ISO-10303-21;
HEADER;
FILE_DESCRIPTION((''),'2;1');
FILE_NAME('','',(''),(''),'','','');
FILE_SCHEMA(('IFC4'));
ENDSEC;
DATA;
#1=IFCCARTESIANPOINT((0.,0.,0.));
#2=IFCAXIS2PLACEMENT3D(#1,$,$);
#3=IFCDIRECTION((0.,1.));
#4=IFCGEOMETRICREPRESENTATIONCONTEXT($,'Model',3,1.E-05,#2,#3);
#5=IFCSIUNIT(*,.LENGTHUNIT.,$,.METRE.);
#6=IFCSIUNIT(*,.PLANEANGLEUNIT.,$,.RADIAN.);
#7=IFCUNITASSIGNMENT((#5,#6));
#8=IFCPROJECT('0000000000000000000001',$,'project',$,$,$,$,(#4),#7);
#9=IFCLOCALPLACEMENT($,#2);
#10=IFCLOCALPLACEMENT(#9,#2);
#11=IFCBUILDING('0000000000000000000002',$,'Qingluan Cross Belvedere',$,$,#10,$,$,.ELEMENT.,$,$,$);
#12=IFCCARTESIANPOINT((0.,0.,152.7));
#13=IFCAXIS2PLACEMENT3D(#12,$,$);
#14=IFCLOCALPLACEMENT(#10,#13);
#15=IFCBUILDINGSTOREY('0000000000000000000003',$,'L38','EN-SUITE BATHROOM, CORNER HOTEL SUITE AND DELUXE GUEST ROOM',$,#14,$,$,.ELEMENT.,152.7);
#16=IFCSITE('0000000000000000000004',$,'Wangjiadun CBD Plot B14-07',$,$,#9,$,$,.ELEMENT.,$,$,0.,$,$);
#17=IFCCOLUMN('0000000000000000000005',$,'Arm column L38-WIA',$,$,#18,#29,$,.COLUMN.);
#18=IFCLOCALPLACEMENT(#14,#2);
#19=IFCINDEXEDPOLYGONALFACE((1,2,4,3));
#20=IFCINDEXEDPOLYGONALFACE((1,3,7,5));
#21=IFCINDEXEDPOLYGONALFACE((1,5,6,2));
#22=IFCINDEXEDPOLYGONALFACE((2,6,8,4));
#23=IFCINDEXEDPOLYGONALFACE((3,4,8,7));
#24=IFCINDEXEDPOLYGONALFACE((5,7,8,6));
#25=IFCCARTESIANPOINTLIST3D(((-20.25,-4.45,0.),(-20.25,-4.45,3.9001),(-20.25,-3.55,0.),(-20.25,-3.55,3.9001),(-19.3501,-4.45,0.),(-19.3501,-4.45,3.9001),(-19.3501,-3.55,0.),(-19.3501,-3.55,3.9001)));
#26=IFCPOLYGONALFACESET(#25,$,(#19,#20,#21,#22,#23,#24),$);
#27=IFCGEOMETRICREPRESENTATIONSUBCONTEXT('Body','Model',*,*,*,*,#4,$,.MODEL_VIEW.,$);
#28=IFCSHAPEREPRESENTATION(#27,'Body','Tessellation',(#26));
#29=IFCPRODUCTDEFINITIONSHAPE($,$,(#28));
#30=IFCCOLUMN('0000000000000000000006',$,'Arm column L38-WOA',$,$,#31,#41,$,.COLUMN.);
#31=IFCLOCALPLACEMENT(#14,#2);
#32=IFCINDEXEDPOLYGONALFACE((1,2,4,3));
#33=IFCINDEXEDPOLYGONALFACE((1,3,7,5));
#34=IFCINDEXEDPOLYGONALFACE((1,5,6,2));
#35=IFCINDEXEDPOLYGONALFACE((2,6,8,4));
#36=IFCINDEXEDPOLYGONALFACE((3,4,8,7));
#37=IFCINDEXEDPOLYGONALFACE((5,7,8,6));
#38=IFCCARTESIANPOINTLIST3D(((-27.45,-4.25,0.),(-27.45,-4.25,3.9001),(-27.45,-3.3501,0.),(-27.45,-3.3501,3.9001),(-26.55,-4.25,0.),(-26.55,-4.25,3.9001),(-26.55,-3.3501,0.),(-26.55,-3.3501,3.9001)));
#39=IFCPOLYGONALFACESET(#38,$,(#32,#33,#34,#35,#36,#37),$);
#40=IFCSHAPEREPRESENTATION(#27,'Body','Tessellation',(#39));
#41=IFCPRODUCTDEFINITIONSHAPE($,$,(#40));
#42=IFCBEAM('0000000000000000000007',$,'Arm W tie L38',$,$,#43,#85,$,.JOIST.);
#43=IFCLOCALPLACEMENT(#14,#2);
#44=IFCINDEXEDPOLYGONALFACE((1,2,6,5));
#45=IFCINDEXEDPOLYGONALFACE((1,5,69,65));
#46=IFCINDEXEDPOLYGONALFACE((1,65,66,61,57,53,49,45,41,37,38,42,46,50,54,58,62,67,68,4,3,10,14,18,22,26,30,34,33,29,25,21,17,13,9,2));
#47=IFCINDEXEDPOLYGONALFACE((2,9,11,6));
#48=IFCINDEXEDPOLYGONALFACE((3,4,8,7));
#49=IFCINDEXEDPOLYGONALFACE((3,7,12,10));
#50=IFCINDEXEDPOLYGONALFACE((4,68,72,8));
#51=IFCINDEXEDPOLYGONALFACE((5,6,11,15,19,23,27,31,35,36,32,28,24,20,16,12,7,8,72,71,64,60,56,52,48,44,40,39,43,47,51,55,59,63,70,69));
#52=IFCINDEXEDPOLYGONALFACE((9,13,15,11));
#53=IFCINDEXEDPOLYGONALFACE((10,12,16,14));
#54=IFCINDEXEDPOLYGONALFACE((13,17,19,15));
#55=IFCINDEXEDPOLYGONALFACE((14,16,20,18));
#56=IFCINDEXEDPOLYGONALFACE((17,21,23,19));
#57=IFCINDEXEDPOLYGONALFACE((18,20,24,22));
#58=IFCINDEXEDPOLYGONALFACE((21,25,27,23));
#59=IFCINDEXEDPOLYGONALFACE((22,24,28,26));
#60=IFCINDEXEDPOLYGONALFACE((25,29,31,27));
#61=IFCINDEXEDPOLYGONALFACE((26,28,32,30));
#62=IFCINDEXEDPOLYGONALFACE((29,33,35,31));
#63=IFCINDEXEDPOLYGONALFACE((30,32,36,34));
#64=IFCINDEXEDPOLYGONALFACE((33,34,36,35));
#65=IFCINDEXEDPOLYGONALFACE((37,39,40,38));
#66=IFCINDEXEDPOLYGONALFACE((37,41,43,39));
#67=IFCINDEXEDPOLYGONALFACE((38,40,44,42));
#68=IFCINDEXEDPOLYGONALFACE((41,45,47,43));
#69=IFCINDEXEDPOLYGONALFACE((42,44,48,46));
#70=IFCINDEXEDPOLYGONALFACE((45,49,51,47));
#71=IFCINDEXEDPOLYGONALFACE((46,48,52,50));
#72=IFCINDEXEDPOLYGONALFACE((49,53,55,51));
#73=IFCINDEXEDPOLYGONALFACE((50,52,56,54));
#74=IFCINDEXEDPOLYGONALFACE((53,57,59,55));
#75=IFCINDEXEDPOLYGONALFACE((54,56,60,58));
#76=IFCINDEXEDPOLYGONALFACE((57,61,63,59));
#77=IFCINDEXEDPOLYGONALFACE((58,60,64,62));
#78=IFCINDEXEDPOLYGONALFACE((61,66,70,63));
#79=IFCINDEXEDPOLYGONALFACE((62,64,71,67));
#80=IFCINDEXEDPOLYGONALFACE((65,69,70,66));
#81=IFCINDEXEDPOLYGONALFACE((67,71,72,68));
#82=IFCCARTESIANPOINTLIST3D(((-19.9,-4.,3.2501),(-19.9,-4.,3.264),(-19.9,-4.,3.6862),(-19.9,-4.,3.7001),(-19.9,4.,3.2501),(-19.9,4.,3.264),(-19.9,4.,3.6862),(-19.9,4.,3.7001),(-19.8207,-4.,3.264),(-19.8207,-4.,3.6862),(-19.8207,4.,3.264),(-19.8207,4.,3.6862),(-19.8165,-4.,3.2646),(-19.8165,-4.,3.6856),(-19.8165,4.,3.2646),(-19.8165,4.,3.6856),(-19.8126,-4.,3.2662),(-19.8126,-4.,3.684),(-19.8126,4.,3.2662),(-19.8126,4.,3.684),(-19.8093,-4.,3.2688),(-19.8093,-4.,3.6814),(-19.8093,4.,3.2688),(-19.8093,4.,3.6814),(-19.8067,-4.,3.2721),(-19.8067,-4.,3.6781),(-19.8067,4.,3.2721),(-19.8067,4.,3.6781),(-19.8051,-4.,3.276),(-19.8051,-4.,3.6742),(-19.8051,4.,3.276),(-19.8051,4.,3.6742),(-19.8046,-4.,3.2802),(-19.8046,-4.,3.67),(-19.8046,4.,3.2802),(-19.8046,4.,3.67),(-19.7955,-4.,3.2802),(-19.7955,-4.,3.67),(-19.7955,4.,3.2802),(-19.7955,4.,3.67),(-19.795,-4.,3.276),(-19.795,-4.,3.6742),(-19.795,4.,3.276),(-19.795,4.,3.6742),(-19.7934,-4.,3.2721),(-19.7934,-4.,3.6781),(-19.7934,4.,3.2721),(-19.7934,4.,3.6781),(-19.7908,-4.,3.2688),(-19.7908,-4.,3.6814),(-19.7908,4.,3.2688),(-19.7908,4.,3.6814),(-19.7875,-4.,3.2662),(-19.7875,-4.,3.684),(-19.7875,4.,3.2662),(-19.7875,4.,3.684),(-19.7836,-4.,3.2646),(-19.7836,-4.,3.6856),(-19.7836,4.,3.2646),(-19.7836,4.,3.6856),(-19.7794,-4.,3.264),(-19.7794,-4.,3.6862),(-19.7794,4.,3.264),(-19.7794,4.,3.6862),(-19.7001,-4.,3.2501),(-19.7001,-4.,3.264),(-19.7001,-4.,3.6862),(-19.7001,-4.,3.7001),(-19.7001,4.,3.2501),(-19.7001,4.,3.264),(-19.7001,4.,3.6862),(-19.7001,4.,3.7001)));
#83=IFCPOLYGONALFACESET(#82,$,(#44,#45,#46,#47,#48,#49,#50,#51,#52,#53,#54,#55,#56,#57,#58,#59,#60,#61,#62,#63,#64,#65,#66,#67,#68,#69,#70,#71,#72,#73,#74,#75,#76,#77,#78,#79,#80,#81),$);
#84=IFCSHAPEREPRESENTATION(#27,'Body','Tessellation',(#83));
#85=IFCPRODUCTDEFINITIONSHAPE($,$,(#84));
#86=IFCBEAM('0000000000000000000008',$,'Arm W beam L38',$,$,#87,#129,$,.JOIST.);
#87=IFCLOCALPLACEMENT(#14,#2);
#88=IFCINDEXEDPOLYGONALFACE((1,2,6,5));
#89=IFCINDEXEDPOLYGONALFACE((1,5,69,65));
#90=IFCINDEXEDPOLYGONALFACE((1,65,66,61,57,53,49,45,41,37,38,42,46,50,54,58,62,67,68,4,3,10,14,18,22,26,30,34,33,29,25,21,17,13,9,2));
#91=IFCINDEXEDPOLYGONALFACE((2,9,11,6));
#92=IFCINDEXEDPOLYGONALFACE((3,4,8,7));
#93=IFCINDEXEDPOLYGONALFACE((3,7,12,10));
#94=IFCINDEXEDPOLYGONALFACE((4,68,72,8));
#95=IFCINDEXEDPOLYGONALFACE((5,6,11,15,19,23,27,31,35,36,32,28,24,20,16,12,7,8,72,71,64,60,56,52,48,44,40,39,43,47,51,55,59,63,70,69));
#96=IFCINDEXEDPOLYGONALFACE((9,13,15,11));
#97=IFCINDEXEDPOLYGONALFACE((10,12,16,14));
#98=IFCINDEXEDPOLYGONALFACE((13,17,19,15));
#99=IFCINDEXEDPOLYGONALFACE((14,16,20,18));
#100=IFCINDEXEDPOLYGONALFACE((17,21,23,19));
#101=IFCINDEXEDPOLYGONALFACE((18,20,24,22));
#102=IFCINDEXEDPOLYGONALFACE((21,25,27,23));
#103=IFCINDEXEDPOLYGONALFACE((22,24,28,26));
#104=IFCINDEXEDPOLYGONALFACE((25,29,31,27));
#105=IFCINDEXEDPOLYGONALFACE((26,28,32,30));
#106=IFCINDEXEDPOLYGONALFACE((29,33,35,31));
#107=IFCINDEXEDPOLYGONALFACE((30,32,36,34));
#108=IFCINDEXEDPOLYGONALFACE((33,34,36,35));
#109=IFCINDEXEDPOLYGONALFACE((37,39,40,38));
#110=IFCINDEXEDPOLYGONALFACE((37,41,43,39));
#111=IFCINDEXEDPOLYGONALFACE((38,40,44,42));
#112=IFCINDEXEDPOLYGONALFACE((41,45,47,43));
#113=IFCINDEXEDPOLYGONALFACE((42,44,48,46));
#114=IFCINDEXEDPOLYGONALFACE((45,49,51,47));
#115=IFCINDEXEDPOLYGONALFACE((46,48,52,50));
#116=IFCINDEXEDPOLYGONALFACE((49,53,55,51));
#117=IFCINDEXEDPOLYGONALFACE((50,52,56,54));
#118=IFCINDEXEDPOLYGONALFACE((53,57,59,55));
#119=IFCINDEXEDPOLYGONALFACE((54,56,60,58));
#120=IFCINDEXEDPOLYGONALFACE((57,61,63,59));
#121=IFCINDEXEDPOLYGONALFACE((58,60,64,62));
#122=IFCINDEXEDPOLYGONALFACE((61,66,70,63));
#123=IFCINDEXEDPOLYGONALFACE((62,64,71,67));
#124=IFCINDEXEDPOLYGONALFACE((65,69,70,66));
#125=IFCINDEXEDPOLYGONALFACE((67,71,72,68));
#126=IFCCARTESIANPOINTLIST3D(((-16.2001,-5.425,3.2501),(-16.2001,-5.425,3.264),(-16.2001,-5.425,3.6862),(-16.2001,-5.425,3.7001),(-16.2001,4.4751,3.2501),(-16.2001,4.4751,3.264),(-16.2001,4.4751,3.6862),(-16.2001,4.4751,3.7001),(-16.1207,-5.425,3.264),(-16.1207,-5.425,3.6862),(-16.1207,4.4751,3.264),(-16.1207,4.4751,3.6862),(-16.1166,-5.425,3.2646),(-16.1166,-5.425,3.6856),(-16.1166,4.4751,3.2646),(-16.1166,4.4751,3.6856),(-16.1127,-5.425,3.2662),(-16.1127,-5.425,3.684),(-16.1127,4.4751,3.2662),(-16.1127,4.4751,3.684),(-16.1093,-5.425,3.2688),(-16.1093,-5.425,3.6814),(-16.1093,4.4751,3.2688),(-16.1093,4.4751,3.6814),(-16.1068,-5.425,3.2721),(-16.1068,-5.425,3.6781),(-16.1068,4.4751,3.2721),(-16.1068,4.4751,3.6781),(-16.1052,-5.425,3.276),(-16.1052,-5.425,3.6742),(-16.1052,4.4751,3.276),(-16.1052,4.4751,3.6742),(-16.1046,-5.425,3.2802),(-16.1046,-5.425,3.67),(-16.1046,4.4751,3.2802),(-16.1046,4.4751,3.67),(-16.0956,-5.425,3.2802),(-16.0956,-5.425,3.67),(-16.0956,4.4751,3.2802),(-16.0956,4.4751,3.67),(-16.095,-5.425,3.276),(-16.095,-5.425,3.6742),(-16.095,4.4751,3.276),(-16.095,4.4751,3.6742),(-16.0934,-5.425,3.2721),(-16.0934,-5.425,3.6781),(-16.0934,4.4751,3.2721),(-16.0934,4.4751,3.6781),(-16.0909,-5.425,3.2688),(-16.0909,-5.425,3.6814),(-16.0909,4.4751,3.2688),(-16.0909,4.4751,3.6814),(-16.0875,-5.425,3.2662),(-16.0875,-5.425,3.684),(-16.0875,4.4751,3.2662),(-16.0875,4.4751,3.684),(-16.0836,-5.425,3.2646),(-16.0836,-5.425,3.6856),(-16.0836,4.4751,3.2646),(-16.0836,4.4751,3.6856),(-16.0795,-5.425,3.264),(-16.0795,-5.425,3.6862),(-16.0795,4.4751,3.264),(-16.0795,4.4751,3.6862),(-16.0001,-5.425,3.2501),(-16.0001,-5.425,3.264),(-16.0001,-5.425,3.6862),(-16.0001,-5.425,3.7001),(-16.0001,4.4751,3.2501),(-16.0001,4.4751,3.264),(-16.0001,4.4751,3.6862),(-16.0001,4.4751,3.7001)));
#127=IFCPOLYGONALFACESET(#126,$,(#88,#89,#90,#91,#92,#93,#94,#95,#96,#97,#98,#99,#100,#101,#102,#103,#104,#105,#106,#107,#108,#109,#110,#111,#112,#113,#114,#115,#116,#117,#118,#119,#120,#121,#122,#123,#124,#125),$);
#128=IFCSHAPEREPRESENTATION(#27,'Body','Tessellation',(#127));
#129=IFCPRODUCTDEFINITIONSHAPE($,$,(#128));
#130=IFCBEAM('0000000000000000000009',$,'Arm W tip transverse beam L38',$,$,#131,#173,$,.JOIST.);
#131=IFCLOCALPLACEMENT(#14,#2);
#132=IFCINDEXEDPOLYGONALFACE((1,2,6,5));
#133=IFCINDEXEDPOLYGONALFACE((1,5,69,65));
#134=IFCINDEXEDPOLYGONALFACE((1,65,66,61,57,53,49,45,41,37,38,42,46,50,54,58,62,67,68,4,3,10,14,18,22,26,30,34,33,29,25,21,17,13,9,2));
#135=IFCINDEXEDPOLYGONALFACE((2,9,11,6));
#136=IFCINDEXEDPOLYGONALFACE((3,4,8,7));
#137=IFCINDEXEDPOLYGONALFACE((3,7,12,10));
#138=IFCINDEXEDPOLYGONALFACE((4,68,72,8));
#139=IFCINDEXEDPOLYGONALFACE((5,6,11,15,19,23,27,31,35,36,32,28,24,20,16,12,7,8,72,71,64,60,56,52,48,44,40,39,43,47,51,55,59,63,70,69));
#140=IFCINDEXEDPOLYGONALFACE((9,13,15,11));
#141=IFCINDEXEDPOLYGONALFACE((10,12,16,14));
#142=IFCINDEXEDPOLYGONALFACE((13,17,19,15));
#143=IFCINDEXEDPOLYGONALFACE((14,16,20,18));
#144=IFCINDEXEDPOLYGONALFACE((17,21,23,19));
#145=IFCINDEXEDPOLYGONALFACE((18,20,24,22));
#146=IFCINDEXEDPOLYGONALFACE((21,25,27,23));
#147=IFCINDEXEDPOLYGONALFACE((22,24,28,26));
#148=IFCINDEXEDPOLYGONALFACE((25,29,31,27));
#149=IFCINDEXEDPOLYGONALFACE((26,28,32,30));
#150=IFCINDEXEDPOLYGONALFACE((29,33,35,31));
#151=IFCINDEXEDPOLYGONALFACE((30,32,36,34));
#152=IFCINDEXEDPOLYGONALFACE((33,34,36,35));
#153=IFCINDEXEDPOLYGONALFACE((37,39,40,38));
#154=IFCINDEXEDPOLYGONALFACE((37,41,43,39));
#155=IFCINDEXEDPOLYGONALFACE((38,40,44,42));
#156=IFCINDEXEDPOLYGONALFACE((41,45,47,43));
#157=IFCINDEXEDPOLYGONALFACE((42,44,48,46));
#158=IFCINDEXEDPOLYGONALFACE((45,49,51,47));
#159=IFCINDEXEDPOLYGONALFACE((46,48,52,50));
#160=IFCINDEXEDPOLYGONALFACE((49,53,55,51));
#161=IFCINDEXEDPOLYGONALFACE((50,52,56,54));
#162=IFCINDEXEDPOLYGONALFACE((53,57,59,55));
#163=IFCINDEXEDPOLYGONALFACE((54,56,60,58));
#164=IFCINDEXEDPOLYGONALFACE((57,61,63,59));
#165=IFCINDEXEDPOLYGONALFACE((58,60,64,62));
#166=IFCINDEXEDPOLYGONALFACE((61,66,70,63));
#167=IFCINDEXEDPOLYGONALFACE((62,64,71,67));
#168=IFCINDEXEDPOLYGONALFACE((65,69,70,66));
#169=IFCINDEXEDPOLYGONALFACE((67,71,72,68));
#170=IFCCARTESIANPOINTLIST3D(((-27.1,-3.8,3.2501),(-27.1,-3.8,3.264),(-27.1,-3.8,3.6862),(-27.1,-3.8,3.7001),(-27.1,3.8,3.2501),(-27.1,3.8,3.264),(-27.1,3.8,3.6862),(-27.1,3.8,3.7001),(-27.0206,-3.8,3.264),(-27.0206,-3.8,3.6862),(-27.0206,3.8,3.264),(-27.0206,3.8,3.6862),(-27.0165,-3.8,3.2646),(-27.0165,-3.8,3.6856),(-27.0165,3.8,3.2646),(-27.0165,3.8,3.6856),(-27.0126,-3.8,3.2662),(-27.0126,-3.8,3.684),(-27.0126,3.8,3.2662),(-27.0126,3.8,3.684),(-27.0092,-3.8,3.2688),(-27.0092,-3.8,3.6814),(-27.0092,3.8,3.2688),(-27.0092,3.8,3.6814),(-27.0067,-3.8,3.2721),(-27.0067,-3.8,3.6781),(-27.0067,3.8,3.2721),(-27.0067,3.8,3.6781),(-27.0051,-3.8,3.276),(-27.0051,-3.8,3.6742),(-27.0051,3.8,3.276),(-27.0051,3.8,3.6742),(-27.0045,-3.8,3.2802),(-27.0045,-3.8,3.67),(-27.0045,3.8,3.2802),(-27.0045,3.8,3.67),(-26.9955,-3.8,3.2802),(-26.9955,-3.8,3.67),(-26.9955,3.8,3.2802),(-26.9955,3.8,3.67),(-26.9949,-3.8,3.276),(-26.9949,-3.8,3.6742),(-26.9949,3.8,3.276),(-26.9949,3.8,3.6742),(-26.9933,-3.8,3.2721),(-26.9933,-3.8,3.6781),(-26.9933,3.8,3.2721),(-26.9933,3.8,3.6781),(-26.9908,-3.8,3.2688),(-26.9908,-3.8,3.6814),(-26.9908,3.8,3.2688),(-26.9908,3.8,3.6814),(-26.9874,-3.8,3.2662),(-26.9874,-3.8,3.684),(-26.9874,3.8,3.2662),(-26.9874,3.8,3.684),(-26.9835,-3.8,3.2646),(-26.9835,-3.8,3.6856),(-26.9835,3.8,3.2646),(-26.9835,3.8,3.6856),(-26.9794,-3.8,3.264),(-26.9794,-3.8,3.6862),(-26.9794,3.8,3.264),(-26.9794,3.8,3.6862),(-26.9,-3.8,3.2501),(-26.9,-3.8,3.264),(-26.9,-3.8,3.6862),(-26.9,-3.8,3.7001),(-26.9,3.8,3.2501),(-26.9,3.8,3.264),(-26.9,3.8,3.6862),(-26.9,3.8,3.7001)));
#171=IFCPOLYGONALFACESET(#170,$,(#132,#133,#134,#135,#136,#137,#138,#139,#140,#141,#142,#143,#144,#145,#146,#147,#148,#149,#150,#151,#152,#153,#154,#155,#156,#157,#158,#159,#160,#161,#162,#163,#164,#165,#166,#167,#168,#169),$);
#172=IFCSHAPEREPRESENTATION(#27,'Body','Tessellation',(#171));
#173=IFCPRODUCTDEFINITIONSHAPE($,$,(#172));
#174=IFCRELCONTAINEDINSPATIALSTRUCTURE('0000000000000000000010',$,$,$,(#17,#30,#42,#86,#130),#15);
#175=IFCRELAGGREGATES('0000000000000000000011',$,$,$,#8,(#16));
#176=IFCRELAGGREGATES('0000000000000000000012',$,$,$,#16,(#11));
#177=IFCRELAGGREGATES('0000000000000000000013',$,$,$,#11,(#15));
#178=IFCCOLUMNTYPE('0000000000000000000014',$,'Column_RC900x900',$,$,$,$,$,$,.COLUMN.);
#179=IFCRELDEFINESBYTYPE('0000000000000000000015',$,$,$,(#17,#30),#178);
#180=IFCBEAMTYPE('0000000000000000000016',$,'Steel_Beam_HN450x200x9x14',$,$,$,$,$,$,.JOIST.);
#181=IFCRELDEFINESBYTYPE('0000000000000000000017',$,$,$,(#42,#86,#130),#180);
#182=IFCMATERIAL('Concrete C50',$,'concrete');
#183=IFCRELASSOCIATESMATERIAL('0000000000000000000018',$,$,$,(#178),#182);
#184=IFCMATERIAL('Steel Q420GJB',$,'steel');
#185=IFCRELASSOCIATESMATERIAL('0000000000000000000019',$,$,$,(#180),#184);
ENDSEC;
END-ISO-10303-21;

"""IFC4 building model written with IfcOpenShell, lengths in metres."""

from ifc_helpers import new_model, si_unit, direction, frame, origin, origin_2d, place, context, subcontext, project, spatial, rectangle, i_section, extrude, material, material_profile, profile_set, type_object, element, save


model = new_model("IFC4")

# Units and contexts
model_context = context("Model", 3, precision=1e-05, world=origin(), true_north=direction((0.0, 1.0)))
body_context = subcontext(model_context, "Body", "Model", "MODEL_VIEW")
ifc_project = project(units=[si_unit("LENGTHUNIT", "METRE"), si_unit("PLANEANGLEUNIT", "RADIAN")], contexts=[model_context])

# Site, building, storey
site_placement = place(None, origin())
site = spatial("IfcSite", under=ifc_project, at=site_placement, Name="Wangjiadun CBD Plot B14-07", CompositionType="ELEMENT", RefElevation=0.0)
building_placement = place(site_placement, origin())
building = spatial("IfcBuilding", under=site, at=building_placement, Name="Qingluan Cross Belvedere", CompositionType="ELEMENT")
storey_placement = place(building_placement, frame((0.0, 0.0, 152.7)))
storey = spatial("IfcBuildingStorey", under=building, at=storey_placement, Name="L38", Description="EN-SUITE BATHROOM, CORNER HOTEL SUITE AND DELUXE GUEST ROOM", CompositionType="ELEMENT", Elevation=152.7)

# Columns
ifc_material_1 = material(Name="Concrete C50", Category="concrete")
ifc_material_profile_1 = material_profile(ifc_material_1, rectangle(XDim=0.8999, YDim=0.8999, at=origin_2d()), Name="RC900x900")
ifc_profile_set_1 = profile_set([ifc_material_profile_1], Name="Concrete C50")
column_type = type_object("IfcColumnType", Name="Column_RC900x900", PredefinedType="COLUMN", material=ifc_profile_set_1)
for number, where, z_axis, x_axis, name in (
    (1, (-19.8, -4.0, 0.0), (0.0, 0.0, 1.0), (1.0, 0.0, 0.0), "Arm column L38-WIA"),
    (2, (-27.0, -3.8, 0.0), (0.0, 0.0, 1.0), (1.0, 0.0, 0.0), "Arm column L38-WOA"),
):
    element("IfcColumn", number, at=place(storey_placement, frame(where, z_axis=z_axis, x_axis=x_axis)), inside=storey, type_object=column_type, Name=name, PredefinedType="COLUMN", context=body_context, shape_type="SweptSolid", body=[
        extrude(rectangle(XDim=0.8999, YDim=0.8999, at=origin_2d()), origin(), (0.0, 0.0, 1.0), 3.9001),
    ])

# Beams
ifc_material_2 = material(Name="Steel Q420GJB", Category="steel")
ifc_material_profile_2 = material_profile(ifc_material_2, i_section(OverallWidth=0.2, OverallDepth=0.45, WebThickness=0.009, FlangeThickness=0.0139, FilletRadius=0.0161, at=origin_2d()), Name="HN450x200x9x14")
ifc_profile_set_2 = profile_set([ifc_material_profile_2], Name="Steel Q420GJB")
beam_type_1 = type_object("IfcBeamType", Name="Steel_Beam_HN450x200x9x14", PredefinedType="JOIST", material=ifc_profile_set_2)
beam_1_placement = place(storey_placement, frame((-19.8, -4.0, 3.4751), z_axis=(0.0, 1.0, 0.0), x_axis=(-1.0, 0.0, 0.0)))
element("IfcBeam", 3, at=beam_1_placement, inside=storey, type_object=beam_type_1, Name="Arm W tie L38", PredefinedType="JOIST", context=body_context, shape_type="SweptSolid", body=[
    extrude(i_section(OverallWidth=0.2, OverallDepth=0.45, WebThickness=0.009, FlangeThickness=0.0139, FilletRadius=0.0161, at=origin_2d()), origin(), (0.0, 0.0, 1.0), 8.0),
])
beam_2_placement = place(storey_placement, frame((-16.1001, -5.425, 3.4751), z_axis=(0.0, 1.0, 0.0), x_axis=(-1.0, 0.0, 0.0)))
element("IfcBeam", 4, at=beam_2_placement, inside=storey, type_object=beam_type_1, Name="Arm W beam L38", PredefinedType="JOIST", context=body_context, shape_type="SweptSolid", body=[
    extrude(i_section(OverallWidth=0.2, OverallDepth=0.45, WebThickness=0.009, FlangeThickness=0.0139, FilletRadius=0.0161, at=origin_2d()), origin(), (0.0, 0.0, 1.0), 9.9001),
])
beam_3_placement = place(storey_placement, frame((-27.0, -3.8, 3.4751), z_axis=(0.0, 1.0, 0.0), x_axis=(-1.0, 0.0, 0.0)))
element("IfcBeam", 5, at=beam_3_placement, inside=storey, type_object=beam_type_1, Name="Arm W tip transverse beam L38", PredefinedType="JOIST", context=body_context, shape_type="SweptSolid", body=[
    extrude(i_section(OverallWidth=0.2, OverallDepth=0.45, WebThickness=0.009, FlangeThickness=0.0139, FilletRadius=0.0161, at=origin_2d()), origin(), (0.0, 0.0, 1.0), 7.6001),
])

save(model, "model.ifc")
